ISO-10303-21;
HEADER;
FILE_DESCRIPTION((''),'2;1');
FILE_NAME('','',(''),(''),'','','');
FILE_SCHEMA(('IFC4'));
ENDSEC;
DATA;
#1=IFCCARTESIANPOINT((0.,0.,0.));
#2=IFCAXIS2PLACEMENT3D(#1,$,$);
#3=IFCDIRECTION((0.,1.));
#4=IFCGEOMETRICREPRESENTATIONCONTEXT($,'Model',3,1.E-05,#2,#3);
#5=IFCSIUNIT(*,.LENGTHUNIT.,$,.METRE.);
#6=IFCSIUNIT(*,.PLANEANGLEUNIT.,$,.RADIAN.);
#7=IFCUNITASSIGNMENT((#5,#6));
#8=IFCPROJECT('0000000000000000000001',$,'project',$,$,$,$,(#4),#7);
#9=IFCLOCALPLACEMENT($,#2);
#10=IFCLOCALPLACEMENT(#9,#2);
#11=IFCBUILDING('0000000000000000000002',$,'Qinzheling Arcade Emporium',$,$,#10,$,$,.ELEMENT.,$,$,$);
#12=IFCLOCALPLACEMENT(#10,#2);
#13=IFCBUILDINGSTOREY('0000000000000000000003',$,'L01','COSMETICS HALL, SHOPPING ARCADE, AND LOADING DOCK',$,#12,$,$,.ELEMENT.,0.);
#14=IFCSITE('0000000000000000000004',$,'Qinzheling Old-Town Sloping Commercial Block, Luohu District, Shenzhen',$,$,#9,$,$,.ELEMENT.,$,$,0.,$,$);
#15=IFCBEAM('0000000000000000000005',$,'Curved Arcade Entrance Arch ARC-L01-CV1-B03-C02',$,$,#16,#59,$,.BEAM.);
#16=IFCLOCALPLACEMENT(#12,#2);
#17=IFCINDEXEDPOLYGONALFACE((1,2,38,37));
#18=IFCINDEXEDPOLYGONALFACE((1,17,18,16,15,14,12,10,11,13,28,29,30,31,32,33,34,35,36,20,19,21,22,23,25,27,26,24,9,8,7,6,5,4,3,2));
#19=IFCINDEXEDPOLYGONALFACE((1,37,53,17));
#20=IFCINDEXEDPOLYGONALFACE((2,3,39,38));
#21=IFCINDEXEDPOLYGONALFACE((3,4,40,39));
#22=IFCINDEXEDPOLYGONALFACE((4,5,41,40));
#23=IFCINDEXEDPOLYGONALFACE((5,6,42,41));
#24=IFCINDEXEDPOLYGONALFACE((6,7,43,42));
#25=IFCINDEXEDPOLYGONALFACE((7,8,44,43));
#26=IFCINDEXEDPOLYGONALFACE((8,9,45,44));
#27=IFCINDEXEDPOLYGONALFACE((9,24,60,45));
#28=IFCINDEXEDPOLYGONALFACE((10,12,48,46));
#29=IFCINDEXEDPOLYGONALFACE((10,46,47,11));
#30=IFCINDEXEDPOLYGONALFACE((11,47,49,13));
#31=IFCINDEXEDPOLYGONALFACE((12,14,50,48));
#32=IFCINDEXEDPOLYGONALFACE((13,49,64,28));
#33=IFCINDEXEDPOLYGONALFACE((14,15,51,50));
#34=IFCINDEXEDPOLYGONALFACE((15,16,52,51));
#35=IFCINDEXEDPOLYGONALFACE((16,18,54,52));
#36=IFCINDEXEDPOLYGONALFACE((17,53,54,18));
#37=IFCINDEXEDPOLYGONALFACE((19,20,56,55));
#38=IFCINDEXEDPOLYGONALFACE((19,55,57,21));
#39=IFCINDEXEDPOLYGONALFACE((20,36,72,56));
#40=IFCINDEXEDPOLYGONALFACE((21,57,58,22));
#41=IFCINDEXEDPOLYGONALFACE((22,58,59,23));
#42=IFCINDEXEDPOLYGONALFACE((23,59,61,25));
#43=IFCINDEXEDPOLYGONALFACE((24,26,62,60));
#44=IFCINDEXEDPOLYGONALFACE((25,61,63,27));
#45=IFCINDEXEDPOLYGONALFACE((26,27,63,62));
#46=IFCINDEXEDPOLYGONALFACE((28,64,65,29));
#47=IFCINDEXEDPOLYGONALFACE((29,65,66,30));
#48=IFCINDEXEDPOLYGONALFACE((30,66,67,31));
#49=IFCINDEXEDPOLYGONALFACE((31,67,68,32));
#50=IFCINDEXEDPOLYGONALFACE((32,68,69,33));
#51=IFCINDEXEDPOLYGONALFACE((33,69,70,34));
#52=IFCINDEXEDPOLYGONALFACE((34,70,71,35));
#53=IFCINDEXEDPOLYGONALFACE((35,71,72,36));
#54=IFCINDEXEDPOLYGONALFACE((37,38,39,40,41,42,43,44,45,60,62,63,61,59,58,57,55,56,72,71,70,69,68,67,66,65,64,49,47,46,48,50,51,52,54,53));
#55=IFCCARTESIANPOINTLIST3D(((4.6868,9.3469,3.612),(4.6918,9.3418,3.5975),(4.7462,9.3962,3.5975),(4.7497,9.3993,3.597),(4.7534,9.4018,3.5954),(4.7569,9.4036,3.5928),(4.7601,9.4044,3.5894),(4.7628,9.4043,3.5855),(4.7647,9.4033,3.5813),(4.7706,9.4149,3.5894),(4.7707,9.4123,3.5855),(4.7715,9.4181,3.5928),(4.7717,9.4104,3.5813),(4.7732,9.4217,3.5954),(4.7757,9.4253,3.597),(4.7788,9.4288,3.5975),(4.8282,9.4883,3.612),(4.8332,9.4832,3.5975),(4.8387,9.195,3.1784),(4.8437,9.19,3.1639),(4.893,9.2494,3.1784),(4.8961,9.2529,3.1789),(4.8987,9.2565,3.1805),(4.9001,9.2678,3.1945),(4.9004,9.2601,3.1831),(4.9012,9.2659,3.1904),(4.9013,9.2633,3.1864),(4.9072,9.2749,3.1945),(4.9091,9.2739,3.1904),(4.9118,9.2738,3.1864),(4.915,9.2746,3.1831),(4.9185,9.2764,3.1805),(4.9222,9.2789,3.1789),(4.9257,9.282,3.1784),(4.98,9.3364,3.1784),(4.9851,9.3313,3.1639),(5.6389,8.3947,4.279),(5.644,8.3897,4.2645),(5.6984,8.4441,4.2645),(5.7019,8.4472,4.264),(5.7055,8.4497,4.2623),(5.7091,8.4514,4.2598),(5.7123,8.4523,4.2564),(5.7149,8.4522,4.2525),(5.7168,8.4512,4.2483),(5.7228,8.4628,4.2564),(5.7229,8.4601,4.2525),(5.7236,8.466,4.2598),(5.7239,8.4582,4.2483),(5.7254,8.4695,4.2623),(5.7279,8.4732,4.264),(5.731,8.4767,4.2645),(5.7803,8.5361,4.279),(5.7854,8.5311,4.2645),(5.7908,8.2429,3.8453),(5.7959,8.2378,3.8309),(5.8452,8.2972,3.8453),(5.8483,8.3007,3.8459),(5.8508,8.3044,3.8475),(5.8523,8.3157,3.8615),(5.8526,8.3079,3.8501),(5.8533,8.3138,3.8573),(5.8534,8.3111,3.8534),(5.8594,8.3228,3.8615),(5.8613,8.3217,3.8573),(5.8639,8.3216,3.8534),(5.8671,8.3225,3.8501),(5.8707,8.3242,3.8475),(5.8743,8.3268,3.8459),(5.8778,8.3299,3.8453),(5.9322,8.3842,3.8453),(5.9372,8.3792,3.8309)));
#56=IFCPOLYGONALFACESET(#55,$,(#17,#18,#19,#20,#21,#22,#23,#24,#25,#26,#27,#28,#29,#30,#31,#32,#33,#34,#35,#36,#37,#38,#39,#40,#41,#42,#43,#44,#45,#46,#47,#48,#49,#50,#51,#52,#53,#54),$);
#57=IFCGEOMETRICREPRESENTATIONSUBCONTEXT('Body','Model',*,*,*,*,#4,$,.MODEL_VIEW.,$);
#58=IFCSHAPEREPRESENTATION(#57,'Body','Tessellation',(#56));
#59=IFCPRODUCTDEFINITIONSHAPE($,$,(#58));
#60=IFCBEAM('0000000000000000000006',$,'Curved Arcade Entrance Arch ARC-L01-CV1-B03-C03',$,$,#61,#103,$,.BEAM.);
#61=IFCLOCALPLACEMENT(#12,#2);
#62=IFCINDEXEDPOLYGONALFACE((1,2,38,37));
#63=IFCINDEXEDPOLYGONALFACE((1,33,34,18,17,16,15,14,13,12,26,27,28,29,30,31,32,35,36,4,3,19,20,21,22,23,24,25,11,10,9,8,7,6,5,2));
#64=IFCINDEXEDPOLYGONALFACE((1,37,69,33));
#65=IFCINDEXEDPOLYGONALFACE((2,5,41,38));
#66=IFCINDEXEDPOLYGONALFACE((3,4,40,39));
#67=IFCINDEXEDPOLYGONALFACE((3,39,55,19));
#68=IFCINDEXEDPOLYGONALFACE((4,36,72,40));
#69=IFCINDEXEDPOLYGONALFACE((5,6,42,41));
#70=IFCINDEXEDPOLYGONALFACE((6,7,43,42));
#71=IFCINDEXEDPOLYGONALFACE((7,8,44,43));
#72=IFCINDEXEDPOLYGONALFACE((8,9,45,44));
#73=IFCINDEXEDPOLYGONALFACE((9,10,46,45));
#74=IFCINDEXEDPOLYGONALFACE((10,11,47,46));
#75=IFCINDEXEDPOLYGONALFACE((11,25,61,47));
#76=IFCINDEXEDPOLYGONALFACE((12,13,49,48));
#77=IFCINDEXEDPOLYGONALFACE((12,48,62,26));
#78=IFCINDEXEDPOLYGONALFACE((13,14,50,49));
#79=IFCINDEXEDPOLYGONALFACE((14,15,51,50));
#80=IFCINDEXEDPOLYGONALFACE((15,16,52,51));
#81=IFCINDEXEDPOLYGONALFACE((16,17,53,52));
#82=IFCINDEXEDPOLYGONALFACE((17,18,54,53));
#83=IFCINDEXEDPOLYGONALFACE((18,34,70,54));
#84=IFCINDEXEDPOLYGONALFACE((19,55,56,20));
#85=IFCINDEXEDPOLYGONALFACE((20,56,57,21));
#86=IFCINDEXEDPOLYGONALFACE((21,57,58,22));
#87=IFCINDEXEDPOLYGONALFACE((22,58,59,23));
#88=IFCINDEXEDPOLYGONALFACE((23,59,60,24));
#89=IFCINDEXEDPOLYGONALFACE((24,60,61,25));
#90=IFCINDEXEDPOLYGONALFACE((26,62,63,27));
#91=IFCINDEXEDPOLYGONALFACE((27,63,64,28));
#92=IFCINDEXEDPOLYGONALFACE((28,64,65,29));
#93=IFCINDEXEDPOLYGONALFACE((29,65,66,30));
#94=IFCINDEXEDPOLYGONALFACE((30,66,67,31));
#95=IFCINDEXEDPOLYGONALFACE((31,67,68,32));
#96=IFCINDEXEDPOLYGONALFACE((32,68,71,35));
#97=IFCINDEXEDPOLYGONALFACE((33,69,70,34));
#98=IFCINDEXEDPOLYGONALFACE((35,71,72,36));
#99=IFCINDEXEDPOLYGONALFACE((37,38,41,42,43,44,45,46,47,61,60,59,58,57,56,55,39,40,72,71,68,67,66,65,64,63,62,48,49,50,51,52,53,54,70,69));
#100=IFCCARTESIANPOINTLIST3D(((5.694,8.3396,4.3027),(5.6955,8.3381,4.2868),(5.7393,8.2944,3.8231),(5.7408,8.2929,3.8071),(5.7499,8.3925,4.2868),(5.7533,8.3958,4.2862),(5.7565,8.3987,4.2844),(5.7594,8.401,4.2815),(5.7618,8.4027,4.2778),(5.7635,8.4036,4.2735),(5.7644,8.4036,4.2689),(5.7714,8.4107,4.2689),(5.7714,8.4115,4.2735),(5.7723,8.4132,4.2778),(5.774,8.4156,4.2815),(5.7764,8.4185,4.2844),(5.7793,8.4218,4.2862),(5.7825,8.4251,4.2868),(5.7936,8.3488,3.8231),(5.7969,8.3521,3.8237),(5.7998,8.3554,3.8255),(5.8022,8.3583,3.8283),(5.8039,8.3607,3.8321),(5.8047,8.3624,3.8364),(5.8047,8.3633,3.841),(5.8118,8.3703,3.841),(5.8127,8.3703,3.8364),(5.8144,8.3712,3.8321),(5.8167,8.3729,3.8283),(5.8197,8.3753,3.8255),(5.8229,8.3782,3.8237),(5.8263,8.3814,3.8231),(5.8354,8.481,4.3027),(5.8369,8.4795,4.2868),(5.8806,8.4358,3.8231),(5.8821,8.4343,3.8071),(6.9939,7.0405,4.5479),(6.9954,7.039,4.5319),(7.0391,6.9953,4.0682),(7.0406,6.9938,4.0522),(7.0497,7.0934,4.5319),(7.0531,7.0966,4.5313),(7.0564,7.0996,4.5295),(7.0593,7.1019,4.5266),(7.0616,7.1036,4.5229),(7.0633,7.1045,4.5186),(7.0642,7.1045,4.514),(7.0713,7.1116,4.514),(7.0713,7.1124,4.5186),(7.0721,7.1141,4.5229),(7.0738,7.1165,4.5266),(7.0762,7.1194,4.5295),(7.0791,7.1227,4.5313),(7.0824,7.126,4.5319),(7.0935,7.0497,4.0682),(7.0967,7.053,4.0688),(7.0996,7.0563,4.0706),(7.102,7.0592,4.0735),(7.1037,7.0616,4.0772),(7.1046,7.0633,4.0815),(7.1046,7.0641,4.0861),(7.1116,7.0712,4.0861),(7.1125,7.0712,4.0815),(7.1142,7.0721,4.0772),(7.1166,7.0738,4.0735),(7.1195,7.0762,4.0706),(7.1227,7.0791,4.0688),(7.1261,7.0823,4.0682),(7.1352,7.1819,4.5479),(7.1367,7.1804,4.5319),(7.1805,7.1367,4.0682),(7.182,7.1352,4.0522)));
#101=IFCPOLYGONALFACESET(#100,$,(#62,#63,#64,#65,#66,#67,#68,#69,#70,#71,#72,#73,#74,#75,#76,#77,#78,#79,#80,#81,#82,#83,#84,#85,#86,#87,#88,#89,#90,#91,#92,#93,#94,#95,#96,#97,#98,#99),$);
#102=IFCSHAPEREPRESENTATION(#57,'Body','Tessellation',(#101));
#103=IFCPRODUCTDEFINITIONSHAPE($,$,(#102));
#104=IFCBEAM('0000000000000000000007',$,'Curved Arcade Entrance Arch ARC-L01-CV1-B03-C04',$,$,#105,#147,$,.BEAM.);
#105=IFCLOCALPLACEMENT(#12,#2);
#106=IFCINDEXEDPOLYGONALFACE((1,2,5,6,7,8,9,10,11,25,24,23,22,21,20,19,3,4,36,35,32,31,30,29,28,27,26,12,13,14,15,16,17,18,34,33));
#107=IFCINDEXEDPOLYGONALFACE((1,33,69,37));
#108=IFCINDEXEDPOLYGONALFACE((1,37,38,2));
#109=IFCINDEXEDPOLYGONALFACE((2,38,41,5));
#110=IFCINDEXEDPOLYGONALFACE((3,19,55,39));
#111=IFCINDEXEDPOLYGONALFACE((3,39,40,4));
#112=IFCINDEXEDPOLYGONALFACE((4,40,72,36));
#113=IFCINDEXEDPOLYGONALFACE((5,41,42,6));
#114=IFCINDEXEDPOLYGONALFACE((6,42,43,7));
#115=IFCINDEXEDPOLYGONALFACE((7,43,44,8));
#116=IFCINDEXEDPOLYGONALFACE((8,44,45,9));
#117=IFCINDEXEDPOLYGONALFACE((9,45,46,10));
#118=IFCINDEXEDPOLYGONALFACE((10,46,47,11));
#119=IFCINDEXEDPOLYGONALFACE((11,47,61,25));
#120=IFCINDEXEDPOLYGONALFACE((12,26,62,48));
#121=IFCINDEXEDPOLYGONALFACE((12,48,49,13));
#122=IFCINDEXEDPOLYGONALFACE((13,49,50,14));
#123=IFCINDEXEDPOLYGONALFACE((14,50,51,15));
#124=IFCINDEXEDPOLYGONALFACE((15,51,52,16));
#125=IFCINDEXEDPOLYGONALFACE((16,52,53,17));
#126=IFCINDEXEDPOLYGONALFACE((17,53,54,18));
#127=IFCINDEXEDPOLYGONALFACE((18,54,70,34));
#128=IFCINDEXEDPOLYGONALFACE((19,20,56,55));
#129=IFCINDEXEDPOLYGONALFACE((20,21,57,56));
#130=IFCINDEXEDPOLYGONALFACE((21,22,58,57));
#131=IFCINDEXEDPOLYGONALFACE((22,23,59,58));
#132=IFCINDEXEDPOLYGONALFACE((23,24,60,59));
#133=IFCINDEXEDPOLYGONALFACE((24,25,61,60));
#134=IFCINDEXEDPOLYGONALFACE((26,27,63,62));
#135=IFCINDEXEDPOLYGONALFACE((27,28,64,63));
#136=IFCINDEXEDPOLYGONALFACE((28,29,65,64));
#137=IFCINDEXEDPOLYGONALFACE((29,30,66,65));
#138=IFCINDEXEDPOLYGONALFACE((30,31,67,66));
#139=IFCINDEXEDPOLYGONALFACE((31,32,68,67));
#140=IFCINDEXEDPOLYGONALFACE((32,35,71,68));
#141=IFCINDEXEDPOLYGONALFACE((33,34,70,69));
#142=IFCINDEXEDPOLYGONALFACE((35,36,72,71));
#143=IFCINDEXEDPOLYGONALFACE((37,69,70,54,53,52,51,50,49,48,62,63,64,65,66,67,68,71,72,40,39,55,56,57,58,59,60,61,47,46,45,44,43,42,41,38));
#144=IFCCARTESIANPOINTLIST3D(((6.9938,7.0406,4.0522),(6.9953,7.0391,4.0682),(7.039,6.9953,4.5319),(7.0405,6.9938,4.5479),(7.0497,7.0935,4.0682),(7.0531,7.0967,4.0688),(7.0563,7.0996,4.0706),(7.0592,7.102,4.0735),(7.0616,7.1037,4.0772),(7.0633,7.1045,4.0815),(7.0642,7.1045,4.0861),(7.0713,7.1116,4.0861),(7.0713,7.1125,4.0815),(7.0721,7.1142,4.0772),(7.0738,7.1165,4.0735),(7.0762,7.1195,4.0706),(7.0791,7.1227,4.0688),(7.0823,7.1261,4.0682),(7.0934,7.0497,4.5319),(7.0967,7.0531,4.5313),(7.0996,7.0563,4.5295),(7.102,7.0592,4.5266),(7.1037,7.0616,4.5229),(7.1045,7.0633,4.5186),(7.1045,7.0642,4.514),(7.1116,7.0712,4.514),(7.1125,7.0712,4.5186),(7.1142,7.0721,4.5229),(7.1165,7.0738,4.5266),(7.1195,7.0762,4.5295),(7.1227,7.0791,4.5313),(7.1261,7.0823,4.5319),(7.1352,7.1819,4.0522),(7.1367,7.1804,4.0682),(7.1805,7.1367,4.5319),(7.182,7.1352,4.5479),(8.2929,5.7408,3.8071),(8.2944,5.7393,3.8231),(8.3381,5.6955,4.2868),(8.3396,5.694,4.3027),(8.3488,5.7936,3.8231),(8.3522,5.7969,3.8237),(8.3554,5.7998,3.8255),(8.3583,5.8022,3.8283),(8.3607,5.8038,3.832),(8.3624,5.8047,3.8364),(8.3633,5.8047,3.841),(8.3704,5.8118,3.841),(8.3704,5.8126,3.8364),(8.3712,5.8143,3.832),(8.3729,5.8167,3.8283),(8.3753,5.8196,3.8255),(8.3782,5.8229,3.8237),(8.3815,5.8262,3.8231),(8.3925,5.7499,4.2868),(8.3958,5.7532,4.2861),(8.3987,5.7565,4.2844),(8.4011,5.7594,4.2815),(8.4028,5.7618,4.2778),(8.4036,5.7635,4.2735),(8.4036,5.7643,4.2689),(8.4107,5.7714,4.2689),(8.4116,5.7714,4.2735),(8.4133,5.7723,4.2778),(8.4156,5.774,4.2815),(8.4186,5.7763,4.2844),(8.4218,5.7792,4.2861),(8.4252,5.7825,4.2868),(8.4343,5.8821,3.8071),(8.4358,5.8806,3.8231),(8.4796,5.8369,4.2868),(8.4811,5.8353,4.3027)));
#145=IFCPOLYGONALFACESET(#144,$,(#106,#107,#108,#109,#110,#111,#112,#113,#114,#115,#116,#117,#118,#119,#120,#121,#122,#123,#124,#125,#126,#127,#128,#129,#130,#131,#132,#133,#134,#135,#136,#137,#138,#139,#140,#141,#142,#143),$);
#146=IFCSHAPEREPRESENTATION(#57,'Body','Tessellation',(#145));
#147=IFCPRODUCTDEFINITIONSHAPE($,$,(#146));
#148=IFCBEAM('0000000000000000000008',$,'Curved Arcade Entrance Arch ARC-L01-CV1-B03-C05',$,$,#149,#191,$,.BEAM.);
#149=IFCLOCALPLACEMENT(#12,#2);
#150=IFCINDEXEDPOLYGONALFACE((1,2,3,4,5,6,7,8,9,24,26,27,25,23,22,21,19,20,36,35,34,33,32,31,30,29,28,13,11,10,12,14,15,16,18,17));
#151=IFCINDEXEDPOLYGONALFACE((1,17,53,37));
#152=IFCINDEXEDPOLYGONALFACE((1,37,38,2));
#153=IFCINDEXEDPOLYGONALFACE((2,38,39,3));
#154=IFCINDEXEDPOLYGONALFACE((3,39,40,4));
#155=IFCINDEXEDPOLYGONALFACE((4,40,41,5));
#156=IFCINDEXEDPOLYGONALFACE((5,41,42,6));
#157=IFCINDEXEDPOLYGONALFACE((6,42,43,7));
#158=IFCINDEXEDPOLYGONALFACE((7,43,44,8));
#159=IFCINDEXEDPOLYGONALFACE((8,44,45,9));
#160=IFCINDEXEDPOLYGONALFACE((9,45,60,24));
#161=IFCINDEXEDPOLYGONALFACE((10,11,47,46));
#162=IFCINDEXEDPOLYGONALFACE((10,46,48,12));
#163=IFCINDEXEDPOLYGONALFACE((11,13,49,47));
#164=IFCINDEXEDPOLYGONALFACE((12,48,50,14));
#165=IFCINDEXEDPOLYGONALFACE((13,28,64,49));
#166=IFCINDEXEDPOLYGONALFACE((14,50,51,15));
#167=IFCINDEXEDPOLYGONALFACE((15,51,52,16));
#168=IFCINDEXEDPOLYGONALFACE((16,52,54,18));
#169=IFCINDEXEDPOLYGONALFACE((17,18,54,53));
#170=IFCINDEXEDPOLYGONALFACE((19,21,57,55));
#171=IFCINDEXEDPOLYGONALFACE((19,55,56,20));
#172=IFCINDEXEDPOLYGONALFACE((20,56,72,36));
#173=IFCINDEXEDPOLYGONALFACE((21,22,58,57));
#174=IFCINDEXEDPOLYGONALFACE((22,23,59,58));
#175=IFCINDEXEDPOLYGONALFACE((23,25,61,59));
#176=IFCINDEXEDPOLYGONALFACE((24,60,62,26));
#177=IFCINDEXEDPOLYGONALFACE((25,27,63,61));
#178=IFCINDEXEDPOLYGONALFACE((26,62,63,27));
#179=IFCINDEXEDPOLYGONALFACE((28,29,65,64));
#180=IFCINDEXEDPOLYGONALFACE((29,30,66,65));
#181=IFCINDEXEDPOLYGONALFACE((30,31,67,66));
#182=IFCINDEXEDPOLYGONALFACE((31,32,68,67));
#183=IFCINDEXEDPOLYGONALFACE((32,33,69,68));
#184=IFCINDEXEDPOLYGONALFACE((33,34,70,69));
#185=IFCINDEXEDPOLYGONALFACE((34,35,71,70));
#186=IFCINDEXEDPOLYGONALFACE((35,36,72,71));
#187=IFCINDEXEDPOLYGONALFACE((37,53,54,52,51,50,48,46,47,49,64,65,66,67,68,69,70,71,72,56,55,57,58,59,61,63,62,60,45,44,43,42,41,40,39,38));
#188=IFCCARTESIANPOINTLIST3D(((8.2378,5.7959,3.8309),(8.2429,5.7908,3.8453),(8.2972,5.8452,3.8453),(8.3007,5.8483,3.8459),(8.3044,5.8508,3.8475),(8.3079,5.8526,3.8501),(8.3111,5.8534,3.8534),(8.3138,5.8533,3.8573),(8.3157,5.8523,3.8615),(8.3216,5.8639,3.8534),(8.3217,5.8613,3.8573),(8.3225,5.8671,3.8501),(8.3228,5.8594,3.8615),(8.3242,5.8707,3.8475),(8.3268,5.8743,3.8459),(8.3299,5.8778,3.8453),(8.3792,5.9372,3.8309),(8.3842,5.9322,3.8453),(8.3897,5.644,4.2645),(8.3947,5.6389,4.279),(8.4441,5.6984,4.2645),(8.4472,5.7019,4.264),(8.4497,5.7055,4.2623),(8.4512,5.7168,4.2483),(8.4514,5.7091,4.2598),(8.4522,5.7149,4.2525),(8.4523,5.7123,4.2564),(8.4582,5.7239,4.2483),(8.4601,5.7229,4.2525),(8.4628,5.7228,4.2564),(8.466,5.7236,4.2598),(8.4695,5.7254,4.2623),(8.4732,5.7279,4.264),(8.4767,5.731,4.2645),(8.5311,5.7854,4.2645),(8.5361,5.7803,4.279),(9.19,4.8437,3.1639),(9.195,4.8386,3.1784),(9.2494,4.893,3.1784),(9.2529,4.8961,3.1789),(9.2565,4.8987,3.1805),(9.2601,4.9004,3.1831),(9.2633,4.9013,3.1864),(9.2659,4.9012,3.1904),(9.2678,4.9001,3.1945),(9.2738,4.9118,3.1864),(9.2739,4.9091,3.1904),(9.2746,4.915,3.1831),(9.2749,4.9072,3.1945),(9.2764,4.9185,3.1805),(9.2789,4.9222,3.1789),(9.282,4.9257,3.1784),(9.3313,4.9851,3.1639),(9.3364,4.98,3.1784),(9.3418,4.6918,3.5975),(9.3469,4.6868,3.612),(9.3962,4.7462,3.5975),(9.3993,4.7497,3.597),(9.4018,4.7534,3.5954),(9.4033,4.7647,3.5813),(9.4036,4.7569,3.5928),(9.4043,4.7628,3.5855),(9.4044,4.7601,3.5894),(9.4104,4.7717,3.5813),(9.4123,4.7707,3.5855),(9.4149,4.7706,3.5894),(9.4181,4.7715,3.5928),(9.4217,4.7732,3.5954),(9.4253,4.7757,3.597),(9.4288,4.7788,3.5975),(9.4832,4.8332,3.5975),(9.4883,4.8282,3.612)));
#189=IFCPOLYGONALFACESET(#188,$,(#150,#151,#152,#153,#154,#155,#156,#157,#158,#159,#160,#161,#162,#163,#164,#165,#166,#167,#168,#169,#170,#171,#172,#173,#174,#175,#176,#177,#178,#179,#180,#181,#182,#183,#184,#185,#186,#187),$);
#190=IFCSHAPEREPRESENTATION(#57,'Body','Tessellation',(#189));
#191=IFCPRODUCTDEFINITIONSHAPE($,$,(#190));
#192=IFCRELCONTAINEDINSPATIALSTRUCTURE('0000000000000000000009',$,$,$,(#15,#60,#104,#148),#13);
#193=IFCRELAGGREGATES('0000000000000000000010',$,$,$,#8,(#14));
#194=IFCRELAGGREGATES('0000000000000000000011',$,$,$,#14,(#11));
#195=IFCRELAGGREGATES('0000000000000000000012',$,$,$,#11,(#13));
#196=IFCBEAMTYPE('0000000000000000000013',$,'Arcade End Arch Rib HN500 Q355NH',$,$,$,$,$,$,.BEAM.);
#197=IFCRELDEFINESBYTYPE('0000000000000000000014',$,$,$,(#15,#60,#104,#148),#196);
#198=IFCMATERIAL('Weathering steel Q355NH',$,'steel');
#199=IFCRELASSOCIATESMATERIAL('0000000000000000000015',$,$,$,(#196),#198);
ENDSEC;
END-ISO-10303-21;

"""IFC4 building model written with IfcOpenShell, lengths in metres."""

from ifc_helpers import new_model, si_unit, direction, frame, origin, origin_2d, place, context, subcontext, project, spatial, i_section, extrude, material, material_profile, profile_set, type_object, element, save


model = new_model("IFC4")

# Units and contexts
model_context = context("Model", 3, precision=1e-05, world=origin(), true_north=direction((0.0, 1.0)))
body_context = subcontext(model_context, "Body", "Model", "MODEL_VIEW")
ifc_project = project(units=[si_unit("LENGTHUNIT", "METRE"), si_unit("PLANEANGLEUNIT", "RADIAN")], contexts=[model_context])

# Site, building, storey
site_placement = place(None, origin())
site = spatial("IfcSite", under=ifc_project, at=site_placement, Name="Qinzheling Old-Town Sloping Commercial Block, Luohu District, Shenzhen", CompositionType="ELEMENT", RefElevation=0.0)
building_placement = place(site_placement, origin())
building = spatial("IfcBuilding", under=site, at=building_placement, Name="Qinzheling Arcade Emporium", CompositionType="ELEMENT")
storey_placement = place(building_placement, origin())
storey = spatial("IfcBuildingStorey", under=building, at=storey_placement, Name="L01", Description="COSMETICS HALL, SHOPPING ARCADE, AND LOADING DOCK", CompositionType="ELEMENT", Elevation=0.0)

# Beams
ifc_material_1 = material(Name="Weathering steel Q355NH", Category="steel")
ifc_material_profile_1 = material_profile(ifc_material_1, i_section(OverallWidth=0.2, OverallDepth=0.5, WebThickness=0.01, FlangeThickness=0.0161, FilletRadius=0.0181, at=origin_2d()), Name="HN 500x200x10x16", Category="steel")
ifc_profile_set_1 = profile_set([ifc_material_profile_1], Name="Weathering steel Q355NH")
beam_type_1 = type_object("IfcBeamType", Name="Arcade End Arch Rib HN500 Q355NH", PredefinedType="BEAM", material=ifc_profile_set_1)
beam_1_placement = place(storey_placement, frame((4.8359, 9.3391, 3.3879), z_axis=(0.633633, -0.633633, 0.443868), x_axis=(0.707107, 0.707107, 0.0)))
element("IfcBeam", 1, at=beam_1_placement, inside=storey, type_object=beam_type_1, Name="Curved Arcade Entrance Arch ARC-L01-CV1-B03-C02", PredefinedType="BEAM", context=body_context, shape_type="SweptSolid", body=[
    extrude(i_section(OverallWidth=0.2, OverallDepth=0.5, WebThickness=0.01, FlangeThickness=0.0161, FilletRadius=0.0181, at=origin_2d()), origin(), (0.0, 0.0, 1.0), 1.5027),
])
for number, where, z_axis, x_axis, name in (
    (2, (5.7881, 8.387, 4.0549), (0.701097, -0.700702, 0.132213), (0.706907, 0.707306, 0.0), "Curved Arcade Entrance Arch ARC-L01-CV1-B03-C03"),
    (3, (7.0879, 7.0879, 4.3), (0.700702, -0.701097, -0.132213), (0.707306, 0.706907, 0.0), "Curved Arcade Entrance Arch ARC-L01-CV1-B03-C04"),
):
    element("IfcBeam", number, at=place(storey_placement, frame(where, z_axis=z_axis, x_axis=x_axis)), inside=storey, type_object=beam_type_1, Name=name, PredefinedType="BEAM", context=body_context, shape_type="SweptSolid", body=[
        extrude(i_section(OverallWidth=0.2, OverallDepth=0.5, WebThickness=0.01, FlangeThickness=0.0161, FilletRadius=0.0181, at=origin_2d()), origin(), (0.0, 0.0, 1.0), 1.854),
    ])
beam_2_placement = place(storey_placement, frame((8.387, 5.7881, 4.0549), z_axis=(0.633633, -0.633633, -0.443868), x_axis=(0.707107, 0.707107, 0.0)))
element("IfcBeam", 4, at=beam_2_placement, inside=storey, type_object=beam_type_1, Name="Curved Arcade Entrance Arch ARC-L01-CV1-B03-C05", PredefinedType="BEAM", context=body_context, shape_type="SweptSolid", body=[
    extrude(i_section(OverallWidth=0.2, OverallDepth=0.5, WebThickness=0.01, FlangeThickness=0.0161, FilletRadius=0.0181, at=origin_2d()), origin(), (0.0, 0.0, 1.0), 1.5027),
])

save(model, "model.ifc")
